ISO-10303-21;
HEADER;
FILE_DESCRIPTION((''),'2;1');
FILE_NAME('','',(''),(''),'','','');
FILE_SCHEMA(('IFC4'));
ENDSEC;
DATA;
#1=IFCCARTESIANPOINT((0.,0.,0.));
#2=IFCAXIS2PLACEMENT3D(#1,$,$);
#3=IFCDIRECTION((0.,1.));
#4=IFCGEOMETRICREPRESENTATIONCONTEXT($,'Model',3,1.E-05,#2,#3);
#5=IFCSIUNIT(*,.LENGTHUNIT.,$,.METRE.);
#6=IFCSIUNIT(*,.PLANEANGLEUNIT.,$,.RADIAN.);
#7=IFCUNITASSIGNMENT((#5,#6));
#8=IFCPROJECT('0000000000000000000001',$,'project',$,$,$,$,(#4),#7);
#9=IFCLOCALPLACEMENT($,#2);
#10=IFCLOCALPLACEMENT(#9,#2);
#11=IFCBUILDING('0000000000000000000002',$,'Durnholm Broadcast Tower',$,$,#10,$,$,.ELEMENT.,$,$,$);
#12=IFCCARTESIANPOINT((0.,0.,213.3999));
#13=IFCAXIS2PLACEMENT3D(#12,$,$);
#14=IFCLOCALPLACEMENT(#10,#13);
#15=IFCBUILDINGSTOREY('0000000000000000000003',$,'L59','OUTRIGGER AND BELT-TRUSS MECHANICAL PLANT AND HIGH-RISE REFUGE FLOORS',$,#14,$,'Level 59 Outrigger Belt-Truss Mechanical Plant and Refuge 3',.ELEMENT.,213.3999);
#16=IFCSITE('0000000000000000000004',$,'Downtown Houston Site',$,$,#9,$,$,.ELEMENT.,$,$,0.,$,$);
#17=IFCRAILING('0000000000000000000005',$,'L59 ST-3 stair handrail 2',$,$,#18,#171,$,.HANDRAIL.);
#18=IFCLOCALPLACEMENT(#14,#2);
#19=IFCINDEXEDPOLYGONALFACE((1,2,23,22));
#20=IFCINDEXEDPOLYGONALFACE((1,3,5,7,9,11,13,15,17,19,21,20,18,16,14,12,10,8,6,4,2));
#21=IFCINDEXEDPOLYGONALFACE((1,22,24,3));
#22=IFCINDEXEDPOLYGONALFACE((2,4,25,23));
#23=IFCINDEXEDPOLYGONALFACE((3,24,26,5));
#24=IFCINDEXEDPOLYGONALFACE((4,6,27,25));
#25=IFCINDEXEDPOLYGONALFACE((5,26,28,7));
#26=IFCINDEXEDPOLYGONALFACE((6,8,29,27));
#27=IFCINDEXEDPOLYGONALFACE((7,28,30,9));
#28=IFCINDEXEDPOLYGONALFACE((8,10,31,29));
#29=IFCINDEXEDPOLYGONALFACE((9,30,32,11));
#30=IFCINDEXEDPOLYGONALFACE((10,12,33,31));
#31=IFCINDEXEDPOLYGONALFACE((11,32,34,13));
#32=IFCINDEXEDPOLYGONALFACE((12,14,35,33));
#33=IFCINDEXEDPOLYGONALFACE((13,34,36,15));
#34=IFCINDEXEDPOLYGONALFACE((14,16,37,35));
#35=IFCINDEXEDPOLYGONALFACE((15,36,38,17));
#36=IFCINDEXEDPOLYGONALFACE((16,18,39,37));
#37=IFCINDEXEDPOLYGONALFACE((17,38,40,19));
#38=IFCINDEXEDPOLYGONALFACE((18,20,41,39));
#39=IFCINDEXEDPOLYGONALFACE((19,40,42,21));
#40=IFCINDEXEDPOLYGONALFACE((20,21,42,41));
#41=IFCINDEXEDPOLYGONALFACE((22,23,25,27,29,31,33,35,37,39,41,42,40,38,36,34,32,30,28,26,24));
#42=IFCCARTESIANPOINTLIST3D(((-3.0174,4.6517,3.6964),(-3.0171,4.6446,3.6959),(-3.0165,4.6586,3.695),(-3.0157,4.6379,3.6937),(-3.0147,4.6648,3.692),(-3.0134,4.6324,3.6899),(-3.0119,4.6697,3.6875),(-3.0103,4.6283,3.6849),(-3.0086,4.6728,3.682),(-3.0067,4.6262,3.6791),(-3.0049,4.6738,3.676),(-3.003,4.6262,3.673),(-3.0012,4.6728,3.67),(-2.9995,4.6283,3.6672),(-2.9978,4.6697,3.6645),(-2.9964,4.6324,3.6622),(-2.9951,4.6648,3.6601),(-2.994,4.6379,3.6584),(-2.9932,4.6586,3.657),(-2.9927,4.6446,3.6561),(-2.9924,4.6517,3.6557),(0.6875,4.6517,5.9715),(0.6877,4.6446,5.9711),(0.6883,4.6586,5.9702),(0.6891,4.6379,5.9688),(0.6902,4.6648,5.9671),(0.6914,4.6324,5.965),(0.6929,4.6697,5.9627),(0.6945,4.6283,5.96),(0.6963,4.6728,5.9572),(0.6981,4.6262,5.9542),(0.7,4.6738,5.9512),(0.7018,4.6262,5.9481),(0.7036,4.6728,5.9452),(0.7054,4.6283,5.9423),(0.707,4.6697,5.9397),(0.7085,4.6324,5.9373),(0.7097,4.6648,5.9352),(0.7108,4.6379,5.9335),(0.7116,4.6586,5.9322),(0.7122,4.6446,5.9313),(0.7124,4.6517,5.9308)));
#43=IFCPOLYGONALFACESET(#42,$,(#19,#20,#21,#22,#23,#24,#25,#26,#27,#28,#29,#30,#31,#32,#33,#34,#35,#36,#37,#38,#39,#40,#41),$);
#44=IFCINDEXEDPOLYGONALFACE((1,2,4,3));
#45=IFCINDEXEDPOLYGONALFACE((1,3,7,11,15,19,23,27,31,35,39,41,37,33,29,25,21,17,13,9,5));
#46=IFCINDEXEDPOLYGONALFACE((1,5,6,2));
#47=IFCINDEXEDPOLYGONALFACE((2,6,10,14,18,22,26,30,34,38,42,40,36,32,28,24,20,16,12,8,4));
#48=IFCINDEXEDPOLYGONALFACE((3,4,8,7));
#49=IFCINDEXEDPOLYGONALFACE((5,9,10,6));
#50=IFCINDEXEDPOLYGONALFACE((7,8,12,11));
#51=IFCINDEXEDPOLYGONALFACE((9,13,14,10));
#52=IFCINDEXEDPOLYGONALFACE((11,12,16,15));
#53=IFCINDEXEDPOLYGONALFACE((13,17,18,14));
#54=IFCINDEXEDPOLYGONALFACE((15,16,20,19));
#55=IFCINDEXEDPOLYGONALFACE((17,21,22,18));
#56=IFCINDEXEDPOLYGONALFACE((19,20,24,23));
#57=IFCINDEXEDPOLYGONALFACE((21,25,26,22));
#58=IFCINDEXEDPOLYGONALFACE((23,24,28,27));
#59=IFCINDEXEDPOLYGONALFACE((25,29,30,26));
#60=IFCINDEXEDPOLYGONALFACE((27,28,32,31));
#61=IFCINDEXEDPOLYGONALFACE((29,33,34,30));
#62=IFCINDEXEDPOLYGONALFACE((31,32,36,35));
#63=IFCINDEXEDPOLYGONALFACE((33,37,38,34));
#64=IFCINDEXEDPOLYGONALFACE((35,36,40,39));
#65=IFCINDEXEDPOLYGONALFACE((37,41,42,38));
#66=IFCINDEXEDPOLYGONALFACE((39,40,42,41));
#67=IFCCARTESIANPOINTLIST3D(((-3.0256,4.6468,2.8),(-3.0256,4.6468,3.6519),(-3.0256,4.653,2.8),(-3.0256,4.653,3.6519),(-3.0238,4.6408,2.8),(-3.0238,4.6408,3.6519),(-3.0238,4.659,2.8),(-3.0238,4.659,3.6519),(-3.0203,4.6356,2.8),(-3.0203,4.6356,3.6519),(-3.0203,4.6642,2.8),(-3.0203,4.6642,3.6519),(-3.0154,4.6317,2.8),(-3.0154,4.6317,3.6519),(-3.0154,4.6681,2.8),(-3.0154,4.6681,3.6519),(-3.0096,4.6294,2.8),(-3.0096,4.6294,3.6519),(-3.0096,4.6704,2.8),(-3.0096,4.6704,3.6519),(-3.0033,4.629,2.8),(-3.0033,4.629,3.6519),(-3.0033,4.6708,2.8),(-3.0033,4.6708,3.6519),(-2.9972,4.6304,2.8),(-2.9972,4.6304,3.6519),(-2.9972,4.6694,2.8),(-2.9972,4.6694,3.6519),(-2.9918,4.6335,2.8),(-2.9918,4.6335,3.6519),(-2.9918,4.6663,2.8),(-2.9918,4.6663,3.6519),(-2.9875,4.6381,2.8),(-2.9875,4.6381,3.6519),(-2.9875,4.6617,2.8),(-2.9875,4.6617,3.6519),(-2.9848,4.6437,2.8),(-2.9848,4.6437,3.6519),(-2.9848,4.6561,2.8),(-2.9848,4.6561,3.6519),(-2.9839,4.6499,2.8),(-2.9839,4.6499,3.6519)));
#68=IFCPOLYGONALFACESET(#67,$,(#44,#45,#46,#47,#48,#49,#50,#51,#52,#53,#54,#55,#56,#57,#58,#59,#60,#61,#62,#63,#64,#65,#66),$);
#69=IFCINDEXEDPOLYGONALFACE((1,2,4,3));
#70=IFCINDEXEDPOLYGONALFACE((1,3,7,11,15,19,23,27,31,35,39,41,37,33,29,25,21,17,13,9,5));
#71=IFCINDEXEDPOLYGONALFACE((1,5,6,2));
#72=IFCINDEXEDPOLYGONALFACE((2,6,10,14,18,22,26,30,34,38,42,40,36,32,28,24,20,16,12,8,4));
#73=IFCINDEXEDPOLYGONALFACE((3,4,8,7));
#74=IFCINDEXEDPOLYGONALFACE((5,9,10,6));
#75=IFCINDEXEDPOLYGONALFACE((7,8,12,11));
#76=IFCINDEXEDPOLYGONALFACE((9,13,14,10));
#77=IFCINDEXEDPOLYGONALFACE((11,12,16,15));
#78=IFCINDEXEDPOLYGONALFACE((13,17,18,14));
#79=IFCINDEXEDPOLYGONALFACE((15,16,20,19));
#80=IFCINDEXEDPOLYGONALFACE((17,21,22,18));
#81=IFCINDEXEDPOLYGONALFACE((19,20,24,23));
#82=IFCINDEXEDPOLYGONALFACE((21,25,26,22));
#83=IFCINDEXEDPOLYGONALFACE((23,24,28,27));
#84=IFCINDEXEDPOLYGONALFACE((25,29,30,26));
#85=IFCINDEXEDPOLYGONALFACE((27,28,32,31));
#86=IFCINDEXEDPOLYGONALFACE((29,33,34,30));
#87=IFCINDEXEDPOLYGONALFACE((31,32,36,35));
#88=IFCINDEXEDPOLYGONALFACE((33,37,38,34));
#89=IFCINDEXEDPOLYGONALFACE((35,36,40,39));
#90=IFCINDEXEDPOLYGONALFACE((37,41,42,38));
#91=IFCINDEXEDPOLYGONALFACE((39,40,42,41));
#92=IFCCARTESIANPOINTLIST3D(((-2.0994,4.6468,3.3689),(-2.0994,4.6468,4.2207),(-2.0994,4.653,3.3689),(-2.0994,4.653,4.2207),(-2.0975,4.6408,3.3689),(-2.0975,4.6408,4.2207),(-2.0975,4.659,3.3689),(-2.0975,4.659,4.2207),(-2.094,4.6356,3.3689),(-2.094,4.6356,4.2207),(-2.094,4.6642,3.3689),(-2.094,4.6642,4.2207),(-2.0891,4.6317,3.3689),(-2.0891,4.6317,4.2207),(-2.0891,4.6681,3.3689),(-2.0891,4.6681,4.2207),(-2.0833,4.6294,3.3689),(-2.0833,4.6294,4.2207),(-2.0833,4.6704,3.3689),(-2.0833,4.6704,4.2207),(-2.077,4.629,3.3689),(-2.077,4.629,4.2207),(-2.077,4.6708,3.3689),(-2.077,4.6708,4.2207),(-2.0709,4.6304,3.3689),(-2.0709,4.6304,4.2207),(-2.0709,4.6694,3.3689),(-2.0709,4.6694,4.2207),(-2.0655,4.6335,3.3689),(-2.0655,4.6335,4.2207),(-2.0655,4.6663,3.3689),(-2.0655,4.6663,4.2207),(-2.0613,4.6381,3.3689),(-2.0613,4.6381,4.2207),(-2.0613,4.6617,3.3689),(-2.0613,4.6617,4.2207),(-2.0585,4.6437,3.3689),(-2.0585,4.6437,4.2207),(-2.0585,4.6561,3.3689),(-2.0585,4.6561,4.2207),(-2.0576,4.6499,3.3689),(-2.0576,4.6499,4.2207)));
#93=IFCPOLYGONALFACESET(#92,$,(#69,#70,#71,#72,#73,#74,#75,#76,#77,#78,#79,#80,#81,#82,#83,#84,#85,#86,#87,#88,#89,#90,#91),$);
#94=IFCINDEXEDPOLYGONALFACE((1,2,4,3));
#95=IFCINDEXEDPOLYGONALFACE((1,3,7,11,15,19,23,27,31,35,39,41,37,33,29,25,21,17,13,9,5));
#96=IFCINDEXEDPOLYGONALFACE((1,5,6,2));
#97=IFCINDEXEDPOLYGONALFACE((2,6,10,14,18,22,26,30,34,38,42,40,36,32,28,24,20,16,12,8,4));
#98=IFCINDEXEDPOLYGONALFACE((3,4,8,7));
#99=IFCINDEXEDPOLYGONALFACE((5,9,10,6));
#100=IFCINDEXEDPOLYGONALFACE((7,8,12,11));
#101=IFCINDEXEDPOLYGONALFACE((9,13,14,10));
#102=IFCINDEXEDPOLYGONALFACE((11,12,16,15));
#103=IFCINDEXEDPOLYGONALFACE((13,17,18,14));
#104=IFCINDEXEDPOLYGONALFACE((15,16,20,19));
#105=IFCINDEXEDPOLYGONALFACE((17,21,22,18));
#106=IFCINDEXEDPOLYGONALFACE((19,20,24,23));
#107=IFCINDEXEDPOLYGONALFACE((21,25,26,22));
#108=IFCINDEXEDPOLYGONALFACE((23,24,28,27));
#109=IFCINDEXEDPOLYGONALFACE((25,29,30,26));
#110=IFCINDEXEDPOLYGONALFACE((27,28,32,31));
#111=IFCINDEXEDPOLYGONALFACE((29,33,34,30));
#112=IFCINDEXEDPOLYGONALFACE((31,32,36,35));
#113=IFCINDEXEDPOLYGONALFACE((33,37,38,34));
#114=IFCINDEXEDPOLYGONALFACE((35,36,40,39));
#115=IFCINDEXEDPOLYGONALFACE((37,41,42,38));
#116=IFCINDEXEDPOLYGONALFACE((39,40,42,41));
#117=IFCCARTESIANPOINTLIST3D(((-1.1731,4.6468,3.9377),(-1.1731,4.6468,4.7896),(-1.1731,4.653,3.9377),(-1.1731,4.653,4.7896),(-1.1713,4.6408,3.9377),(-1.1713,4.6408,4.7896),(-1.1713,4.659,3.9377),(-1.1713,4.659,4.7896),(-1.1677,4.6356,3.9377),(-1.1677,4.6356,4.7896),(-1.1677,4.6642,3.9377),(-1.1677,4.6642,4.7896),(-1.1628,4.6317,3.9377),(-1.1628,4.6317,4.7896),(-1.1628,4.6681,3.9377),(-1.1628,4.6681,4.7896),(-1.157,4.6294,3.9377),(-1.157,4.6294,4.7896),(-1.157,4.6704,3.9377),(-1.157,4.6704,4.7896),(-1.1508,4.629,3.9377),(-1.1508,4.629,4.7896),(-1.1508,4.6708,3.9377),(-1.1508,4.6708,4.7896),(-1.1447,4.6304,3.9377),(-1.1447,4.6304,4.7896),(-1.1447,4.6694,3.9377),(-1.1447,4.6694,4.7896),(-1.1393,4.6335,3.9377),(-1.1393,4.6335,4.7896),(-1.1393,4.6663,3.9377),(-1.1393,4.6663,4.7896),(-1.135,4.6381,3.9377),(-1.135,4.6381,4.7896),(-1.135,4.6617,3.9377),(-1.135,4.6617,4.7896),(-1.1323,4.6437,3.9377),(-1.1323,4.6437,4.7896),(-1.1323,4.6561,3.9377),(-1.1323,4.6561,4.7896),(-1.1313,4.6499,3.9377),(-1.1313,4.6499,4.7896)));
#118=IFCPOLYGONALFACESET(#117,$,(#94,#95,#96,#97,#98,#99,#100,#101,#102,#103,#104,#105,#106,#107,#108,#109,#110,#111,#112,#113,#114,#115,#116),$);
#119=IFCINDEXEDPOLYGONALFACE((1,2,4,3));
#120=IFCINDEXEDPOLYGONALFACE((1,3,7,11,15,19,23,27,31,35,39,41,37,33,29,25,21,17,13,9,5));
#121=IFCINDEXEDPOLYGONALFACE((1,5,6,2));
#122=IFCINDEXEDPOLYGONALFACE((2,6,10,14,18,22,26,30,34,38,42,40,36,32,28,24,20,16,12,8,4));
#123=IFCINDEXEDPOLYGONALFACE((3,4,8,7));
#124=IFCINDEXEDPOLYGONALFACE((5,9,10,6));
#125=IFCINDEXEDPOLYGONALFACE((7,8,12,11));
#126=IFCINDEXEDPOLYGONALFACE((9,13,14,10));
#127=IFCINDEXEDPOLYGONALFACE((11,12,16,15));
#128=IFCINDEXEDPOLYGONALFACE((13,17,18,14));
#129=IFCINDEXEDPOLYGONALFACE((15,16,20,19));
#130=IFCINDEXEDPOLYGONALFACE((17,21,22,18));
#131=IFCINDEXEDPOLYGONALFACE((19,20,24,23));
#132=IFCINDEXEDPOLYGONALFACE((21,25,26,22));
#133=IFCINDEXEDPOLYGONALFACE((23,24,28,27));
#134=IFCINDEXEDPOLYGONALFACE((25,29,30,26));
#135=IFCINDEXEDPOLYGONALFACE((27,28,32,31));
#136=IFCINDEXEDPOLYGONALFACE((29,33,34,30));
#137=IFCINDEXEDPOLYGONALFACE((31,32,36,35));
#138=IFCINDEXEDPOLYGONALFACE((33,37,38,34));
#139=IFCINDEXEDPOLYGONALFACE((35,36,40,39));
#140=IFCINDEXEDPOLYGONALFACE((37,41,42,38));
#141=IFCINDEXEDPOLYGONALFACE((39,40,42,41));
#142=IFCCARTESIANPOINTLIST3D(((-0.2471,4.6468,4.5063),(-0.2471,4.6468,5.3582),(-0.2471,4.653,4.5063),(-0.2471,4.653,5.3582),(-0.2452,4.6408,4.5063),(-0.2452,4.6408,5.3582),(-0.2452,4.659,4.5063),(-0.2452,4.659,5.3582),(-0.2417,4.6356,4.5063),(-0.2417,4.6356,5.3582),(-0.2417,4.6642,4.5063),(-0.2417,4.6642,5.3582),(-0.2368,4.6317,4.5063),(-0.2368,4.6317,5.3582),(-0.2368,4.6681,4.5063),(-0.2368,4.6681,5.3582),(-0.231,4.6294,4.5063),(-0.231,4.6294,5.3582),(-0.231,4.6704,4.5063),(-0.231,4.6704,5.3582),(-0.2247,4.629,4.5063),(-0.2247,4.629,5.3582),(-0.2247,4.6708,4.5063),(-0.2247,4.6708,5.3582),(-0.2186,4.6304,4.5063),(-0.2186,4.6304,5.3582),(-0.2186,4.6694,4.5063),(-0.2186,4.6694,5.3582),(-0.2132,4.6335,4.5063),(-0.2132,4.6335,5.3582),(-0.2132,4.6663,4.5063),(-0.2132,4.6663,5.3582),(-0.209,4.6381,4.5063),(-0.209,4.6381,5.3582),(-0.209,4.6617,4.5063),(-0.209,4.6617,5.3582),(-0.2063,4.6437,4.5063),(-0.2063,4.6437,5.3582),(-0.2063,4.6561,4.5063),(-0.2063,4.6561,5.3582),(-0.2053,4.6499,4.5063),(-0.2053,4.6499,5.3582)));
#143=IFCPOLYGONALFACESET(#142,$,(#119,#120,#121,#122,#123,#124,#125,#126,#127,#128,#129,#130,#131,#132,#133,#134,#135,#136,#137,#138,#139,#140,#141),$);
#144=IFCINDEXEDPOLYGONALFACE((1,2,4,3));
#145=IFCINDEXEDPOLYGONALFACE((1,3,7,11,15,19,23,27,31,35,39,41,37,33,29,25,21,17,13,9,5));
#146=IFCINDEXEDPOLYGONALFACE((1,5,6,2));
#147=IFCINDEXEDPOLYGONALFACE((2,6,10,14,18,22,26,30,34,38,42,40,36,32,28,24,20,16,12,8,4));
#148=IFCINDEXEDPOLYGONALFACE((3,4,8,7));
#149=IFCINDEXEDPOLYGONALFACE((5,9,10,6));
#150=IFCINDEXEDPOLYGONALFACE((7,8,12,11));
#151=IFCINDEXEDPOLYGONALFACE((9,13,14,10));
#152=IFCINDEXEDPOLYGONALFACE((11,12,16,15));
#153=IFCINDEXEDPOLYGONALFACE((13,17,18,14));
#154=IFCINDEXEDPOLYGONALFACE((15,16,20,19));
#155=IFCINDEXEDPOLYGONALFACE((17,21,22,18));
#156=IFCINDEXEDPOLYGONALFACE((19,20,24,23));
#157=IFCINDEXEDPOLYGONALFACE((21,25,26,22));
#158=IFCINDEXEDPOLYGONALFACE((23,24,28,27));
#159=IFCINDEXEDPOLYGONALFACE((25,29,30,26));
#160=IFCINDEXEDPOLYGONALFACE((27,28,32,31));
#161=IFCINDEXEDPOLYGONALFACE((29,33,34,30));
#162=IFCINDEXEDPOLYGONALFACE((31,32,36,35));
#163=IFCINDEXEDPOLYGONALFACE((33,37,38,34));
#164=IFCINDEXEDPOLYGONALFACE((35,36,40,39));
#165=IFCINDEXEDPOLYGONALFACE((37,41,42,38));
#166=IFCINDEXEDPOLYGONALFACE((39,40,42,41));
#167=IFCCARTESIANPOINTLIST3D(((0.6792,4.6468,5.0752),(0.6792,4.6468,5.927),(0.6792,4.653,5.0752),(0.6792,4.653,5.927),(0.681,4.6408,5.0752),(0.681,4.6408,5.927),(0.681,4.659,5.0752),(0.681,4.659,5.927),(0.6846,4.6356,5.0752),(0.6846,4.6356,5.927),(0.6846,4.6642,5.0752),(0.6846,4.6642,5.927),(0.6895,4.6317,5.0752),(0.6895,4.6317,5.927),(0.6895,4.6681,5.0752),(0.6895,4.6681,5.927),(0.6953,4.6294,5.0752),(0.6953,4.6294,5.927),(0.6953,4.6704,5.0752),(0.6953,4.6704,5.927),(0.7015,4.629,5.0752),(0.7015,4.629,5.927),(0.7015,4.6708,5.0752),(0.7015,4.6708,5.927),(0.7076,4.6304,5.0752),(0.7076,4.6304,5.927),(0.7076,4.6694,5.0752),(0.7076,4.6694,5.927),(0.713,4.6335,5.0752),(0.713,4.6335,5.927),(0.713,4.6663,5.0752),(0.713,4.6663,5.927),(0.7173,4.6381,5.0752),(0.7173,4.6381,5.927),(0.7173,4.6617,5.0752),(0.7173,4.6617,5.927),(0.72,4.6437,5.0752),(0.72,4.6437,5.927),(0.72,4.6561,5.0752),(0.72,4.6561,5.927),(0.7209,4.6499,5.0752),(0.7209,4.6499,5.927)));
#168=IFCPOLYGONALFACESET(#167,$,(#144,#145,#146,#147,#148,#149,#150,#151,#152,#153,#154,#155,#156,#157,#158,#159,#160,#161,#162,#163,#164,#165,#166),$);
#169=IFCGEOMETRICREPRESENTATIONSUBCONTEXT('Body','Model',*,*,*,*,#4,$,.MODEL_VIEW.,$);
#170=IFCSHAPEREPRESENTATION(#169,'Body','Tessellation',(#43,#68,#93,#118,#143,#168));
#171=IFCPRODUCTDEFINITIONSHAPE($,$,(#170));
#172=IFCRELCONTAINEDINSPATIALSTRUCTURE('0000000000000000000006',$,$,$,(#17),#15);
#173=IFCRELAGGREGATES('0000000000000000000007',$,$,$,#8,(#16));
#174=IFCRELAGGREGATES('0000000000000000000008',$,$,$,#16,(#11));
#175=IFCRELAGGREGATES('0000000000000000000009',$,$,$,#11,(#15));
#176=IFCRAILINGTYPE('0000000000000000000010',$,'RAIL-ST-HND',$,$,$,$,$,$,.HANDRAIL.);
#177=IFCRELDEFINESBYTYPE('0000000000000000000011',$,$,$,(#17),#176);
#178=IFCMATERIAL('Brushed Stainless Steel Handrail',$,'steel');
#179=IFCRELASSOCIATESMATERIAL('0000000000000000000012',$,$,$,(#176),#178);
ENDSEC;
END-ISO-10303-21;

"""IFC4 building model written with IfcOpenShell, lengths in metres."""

from ifc_helpers import new_model, si_unit, direction, frame, origin, origin_2d, place, context, subcontext, project, spatial, circle, extrude, material, type_object, element, save


model = new_model("IFC4")

# Units and contexts
model_context = context("Model", 3, precision=1e-05, world=origin(), true_north=direction((0.0, 1.0)))
body_context = subcontext(model_context, "Body", "Model", "MODEL_VIEW")
ifc_project = project(units=[si_unit("LENGTHUNIT", "METRE"), si_unit("PLANEANGLEUNIT", "RADIAN")], contexts=[model_context])

# Site, building, storey
site_placement = place(None, origin())
site = spatial("IfcSite", under=ifc_project, at=site_placement, Name="Downtown Houston Site", CompositionType="ELEMENT", RefElevation=0.0)
building_placement = place(site_placement, origin())
building = spatial("IfcBuilding", under=site, at=building_placement, Name="Durnholm Broadcast Tower", CompositionType="ELEMENT")
storey_placement = place(building_placement, frame((0.0, 0.0, 213.3999)))
storey = spatial("IfcBuildingStorey", under=building, at=storey_placement, Name="L59", Description="OUTRIGGER AND BELT-TRUSS MECHANICAL PLANT AND HIGH-RISE REFUGE FLOORS", LongName="Level 59 Outrigger Belt-Truss Mechanical Plant and Refuge 3", CompositionType="ELEMENT", Elevation=213.3999)

# Railing
ifc_material_1 = material(Name="Brushed Stainless Steel Handrail", Category="steel")
railing_type_1 = type_object("IfcRailingType", Name="RAIL-ST-HND", PredefinedType="HANDRAIL", material=ifc_material_1)
railing_1_placement = place(storey_placement, frame((-3.0049, 4.6499, 2.8)))
element("IfcRailing", 1, at=railing_1_placement, inside=storey, type_object=railing_type_1, Name="L59 ST-3 stair handrail 2", PredefinedType="HANDRAIL", context=body_context, shape_type="SweptSolid", body=[
    extrude(circle(Radius=0.0239, at=origin_2d()), frame((0.0, 0.0, 0.876), z_axis=(0.852146, 0.0, 0.523305), x_axis=(0.0, 1.0, 0.0)), (0.0, 0.0, 1.0), 4.3477),
    extrude(circle(Radius=0.021, at=origin_2d()), origin(), (0.0, 0.0, 1.0), 0.8518),
    extrude(circle(Radius=0.021, at=origin_2d()), frame((0.9263, 0.0, 0.5688)), (0.0, 0.0, 1.0), 0.8518),
    extrude(circle(Radius=0.021, at=origin_2d()), frame((1.8525, 0.0, 1.1377)), (0.0, 0.0, 1.0), 0.8518),
    extrude(circle(Radius=0.021, at=origin_2d()), frame((2.7786, 0.0, 1.7063)), (0.0, 0.0, 1.0), 0.8518),
    extrude(circle(Radius=0.021, at=origin_2d()), frame((3.7048, 0.0, 2.2751)), (0.0, 0.0, 1.0), 0.8518),
])

save(model, "model.ifc")
